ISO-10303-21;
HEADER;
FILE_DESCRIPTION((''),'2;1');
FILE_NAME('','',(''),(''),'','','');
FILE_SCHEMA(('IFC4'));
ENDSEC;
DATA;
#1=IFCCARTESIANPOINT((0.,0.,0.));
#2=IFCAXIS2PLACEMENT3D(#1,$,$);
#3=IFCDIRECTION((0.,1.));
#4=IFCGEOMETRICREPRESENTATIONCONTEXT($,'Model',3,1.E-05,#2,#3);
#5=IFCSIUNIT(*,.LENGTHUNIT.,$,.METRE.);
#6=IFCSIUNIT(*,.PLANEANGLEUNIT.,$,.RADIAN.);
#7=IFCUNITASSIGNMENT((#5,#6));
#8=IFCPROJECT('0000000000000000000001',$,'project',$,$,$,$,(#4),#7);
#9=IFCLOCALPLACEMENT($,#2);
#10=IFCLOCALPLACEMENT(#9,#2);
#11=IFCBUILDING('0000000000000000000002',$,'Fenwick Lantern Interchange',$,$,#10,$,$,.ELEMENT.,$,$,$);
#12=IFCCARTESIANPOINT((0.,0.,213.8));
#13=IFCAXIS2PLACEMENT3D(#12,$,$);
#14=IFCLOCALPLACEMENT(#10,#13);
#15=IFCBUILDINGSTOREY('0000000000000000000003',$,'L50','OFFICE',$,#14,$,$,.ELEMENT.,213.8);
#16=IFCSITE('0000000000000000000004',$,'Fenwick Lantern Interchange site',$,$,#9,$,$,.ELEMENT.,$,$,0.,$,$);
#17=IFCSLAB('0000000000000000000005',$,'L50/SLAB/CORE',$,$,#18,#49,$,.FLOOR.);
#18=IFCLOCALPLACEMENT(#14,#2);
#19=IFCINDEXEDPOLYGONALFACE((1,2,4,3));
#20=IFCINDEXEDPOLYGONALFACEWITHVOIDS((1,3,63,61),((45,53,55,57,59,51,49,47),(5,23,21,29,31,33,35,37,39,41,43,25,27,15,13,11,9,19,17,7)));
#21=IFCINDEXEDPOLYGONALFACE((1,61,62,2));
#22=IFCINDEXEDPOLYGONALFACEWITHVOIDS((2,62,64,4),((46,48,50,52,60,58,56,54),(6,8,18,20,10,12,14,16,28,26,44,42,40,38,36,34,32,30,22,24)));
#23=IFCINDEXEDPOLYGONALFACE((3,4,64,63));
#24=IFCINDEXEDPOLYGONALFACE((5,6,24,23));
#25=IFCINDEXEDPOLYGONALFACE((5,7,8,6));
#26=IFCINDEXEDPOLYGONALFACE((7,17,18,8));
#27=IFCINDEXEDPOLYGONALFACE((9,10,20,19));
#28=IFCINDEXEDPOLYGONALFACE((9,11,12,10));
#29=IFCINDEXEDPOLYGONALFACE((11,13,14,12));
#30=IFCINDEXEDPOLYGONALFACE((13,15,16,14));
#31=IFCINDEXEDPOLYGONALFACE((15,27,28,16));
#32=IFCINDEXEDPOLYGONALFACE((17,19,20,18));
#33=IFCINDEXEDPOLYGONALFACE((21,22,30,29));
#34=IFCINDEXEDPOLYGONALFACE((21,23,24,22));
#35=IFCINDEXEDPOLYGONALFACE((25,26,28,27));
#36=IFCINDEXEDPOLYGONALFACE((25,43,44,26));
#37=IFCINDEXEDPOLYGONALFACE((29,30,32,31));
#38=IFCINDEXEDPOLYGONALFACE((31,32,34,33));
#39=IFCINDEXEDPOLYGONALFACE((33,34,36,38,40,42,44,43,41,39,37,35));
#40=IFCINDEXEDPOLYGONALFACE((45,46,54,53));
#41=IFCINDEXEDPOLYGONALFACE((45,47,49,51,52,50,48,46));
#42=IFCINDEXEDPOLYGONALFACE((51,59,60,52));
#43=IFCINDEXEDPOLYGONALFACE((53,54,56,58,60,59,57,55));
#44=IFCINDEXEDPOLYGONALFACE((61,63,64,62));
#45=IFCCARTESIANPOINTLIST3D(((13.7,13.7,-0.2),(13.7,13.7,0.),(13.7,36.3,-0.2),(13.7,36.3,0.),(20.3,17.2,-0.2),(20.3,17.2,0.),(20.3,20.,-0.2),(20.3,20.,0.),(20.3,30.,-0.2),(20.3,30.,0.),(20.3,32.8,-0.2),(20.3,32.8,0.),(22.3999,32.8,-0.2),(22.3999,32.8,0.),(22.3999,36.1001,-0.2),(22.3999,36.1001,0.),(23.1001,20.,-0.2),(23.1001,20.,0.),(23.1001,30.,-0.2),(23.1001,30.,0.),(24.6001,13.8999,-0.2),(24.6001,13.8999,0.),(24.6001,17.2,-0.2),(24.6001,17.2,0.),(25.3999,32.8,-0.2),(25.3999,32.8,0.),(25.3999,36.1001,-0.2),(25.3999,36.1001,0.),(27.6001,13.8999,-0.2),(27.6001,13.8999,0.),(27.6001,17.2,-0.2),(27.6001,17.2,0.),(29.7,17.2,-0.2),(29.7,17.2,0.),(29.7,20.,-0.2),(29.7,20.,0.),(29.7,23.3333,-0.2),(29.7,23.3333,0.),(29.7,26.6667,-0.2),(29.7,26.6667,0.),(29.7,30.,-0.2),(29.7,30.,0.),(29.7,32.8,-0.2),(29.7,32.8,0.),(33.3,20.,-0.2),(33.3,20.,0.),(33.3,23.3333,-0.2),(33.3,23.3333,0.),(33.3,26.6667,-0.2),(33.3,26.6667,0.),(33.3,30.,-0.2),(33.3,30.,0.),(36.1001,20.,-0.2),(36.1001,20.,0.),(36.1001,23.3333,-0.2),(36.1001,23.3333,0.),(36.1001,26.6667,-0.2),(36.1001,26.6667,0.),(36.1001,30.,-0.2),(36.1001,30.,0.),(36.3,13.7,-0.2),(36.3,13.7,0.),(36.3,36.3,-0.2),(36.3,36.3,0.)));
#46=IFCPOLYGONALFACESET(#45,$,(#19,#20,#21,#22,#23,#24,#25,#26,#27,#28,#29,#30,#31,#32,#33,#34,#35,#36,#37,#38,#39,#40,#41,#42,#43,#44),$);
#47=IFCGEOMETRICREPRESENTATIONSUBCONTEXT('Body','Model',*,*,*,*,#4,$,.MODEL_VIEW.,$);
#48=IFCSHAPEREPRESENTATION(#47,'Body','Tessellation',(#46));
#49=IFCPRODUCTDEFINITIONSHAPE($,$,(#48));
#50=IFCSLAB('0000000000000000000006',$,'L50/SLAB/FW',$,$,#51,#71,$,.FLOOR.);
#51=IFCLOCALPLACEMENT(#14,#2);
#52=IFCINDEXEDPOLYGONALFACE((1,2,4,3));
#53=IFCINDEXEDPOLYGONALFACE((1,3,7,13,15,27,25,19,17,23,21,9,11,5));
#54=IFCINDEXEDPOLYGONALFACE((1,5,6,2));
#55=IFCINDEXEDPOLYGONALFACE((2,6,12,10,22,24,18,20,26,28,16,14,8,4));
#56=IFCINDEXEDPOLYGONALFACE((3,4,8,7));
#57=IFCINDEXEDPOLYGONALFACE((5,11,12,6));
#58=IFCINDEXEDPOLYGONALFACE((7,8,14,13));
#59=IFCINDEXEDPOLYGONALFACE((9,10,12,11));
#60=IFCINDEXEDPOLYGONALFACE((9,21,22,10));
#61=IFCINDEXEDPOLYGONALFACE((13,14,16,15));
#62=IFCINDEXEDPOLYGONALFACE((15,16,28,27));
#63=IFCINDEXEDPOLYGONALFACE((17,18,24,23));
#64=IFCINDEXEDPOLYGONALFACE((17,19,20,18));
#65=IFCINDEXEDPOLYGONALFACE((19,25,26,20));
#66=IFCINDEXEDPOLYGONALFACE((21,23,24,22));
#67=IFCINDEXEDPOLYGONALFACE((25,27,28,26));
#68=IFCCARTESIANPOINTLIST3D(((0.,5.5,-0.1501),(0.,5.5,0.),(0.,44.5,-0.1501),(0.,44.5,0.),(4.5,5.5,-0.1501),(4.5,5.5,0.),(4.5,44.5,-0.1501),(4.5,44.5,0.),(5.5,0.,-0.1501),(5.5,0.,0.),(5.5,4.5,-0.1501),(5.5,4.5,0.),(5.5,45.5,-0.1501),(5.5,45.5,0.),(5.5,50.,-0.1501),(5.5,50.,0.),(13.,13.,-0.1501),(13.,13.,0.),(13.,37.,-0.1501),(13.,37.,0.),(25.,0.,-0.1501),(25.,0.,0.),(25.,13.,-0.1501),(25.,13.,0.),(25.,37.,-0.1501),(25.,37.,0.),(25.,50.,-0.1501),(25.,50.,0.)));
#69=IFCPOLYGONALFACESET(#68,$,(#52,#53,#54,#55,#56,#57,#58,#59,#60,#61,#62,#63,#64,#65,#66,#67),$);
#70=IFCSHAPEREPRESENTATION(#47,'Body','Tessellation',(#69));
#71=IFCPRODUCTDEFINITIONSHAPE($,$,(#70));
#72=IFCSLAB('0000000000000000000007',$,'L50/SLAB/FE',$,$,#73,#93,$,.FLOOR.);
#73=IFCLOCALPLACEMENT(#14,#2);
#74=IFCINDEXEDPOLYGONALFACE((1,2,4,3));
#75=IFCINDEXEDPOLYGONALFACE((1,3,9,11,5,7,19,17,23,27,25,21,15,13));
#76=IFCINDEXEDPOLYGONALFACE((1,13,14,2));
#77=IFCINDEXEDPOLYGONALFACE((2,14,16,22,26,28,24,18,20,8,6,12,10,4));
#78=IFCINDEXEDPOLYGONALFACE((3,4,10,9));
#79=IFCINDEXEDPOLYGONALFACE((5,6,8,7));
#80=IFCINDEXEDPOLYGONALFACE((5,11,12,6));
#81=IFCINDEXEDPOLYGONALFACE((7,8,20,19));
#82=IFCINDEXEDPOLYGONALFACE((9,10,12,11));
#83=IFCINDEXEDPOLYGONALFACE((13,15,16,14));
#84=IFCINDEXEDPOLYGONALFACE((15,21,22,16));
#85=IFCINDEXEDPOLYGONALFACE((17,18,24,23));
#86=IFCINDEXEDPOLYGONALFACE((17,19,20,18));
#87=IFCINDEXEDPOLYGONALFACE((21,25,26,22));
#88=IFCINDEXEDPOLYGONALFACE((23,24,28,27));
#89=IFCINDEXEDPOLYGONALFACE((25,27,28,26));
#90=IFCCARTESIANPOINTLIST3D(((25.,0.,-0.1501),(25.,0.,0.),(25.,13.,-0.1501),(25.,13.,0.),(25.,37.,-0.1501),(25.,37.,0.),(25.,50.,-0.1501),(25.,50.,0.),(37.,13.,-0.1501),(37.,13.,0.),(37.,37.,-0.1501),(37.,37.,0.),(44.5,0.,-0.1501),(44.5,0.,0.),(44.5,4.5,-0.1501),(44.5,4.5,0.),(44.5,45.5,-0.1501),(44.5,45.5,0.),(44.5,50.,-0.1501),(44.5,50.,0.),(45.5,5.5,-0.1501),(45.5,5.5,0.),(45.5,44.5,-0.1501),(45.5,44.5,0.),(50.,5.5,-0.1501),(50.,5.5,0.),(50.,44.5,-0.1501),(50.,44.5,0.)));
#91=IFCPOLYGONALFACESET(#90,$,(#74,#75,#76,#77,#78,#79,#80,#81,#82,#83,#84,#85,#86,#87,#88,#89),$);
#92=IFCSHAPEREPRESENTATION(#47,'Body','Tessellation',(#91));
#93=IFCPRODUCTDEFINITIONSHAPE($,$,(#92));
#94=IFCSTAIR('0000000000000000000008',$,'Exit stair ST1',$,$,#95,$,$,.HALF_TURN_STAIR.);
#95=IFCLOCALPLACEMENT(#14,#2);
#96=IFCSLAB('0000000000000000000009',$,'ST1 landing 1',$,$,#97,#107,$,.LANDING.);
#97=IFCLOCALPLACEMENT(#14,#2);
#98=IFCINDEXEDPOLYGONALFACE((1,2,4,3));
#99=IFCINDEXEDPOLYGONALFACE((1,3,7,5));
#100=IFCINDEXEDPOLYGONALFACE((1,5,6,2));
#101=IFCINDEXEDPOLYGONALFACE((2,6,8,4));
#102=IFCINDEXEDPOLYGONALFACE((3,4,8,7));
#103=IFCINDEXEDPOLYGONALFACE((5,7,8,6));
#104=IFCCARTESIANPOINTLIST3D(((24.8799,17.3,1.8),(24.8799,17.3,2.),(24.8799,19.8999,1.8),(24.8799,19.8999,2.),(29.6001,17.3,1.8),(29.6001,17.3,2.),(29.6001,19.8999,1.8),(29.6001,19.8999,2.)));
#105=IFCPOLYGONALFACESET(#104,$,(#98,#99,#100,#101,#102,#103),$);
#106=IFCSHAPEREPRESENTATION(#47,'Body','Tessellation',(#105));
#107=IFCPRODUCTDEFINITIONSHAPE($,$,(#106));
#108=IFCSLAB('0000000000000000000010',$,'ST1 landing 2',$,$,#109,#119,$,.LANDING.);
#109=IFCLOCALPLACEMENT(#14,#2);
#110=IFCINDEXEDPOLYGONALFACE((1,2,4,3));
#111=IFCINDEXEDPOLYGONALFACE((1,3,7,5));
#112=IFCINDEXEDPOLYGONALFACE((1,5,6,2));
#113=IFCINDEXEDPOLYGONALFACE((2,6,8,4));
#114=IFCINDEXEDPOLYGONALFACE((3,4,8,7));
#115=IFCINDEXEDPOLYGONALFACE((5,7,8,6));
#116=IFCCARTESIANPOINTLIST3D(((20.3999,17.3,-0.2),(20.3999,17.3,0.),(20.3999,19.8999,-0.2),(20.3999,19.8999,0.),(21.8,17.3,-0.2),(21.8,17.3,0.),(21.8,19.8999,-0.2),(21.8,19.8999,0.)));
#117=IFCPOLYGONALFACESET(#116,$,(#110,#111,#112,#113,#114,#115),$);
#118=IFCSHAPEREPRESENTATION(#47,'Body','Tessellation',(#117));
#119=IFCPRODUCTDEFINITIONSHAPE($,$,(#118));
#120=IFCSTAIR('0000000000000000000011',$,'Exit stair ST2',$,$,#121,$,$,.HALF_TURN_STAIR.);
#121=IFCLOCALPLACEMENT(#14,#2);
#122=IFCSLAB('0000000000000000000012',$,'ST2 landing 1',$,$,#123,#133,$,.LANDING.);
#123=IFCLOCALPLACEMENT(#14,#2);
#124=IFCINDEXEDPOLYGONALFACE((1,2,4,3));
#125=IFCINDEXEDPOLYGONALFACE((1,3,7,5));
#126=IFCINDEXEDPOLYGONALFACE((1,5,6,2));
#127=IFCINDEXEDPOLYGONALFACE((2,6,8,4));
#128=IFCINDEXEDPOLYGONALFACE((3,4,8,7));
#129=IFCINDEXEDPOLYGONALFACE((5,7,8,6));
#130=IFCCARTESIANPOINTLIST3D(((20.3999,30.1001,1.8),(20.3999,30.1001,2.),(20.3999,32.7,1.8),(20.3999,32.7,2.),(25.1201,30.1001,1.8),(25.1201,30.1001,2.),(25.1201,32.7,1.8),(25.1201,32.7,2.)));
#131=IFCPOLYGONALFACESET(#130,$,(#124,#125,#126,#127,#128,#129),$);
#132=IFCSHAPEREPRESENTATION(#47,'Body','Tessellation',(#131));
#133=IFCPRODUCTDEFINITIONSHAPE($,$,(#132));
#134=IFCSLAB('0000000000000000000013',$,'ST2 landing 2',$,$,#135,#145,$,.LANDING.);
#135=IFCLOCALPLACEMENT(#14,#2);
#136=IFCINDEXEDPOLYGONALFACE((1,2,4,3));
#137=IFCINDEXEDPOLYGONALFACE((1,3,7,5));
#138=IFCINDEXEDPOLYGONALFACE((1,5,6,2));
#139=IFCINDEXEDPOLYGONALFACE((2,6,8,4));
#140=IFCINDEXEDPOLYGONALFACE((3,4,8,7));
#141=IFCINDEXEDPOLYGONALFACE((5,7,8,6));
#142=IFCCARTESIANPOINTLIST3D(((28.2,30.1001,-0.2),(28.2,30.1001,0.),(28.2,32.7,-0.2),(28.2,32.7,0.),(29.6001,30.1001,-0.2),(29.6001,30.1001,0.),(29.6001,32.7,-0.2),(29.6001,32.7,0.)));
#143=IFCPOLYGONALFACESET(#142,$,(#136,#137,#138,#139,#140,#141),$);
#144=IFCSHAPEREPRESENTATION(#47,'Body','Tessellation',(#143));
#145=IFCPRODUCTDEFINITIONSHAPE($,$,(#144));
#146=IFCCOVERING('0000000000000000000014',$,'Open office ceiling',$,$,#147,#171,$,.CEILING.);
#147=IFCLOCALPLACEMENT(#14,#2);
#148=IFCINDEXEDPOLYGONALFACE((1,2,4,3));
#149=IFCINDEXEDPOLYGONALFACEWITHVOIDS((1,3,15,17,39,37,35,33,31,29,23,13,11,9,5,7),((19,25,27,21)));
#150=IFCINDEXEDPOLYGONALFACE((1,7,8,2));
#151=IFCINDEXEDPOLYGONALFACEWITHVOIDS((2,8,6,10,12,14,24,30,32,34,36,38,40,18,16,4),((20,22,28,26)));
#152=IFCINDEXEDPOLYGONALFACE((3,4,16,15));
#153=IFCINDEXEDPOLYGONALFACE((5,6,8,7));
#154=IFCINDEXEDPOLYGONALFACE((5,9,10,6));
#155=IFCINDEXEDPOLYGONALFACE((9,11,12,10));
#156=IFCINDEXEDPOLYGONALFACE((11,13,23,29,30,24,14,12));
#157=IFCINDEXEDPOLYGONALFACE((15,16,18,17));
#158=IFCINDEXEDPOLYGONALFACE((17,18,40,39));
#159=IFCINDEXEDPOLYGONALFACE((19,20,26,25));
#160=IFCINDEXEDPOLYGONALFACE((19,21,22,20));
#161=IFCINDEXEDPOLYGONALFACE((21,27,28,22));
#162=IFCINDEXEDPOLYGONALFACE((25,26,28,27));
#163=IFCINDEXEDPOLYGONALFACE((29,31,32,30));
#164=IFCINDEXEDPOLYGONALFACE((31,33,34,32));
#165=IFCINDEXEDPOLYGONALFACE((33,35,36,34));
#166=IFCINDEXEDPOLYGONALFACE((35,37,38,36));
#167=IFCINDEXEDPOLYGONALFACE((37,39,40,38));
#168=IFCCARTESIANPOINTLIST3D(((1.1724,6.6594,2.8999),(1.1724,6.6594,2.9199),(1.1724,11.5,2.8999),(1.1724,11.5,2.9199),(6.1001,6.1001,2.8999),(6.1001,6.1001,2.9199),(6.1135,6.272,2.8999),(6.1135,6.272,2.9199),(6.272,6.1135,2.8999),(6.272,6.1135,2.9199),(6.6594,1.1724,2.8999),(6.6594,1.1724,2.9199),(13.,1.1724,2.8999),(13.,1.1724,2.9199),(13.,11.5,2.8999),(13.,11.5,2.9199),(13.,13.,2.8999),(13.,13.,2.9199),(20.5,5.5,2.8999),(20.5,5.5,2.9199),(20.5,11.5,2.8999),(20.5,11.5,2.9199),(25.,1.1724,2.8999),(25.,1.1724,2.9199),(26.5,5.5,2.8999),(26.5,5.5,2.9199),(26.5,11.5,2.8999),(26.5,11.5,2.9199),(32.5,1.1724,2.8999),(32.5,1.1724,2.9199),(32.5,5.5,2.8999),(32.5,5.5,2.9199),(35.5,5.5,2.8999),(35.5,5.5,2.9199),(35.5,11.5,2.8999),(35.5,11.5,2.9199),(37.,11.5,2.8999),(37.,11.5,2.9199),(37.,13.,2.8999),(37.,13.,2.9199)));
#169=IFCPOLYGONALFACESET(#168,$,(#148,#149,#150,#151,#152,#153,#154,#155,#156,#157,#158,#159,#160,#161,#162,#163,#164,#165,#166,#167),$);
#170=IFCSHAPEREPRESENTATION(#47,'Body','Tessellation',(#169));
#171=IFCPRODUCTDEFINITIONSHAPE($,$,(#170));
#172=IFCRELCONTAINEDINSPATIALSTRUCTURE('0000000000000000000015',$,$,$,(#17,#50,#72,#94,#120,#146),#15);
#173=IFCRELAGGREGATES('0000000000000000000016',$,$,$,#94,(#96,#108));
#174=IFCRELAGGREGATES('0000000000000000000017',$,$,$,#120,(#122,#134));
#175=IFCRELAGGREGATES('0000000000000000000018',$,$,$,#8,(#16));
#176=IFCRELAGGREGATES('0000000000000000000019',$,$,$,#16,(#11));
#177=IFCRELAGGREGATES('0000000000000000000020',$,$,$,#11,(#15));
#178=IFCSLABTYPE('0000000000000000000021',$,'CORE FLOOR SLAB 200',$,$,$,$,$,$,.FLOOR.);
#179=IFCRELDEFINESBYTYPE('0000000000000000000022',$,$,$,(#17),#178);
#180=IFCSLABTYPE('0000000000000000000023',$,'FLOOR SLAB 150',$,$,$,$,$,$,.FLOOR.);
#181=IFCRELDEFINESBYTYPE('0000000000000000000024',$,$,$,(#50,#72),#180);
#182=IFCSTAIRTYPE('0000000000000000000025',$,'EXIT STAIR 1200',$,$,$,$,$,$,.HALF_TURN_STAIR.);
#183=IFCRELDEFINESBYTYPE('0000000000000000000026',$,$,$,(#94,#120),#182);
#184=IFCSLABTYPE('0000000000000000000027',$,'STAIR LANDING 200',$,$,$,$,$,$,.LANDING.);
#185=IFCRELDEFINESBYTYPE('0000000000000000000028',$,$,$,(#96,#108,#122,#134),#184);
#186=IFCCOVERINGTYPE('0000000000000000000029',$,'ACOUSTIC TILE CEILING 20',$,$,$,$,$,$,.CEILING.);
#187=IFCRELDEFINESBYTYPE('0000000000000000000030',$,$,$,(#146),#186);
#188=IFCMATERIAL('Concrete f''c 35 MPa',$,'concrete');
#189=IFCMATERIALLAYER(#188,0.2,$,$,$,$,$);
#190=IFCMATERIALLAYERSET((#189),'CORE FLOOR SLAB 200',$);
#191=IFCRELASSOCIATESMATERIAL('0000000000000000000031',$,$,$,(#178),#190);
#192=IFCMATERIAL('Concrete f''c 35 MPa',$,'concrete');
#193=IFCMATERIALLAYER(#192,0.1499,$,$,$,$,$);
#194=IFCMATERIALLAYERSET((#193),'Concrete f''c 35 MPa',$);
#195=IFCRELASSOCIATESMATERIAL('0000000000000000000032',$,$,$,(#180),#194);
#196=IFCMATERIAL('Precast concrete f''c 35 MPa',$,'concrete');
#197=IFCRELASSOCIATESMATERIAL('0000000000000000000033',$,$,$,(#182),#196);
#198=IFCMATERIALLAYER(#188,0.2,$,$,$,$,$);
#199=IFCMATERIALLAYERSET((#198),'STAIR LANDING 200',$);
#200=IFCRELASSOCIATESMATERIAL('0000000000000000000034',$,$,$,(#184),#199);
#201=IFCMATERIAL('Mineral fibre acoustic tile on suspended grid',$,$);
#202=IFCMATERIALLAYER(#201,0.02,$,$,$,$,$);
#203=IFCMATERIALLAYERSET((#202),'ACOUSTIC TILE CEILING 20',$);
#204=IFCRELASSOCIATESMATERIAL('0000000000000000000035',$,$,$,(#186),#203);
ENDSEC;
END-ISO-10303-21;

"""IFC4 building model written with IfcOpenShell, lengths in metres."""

from ifc_helpers import new_model, si_unit, direction, frame, origin, place, context, subcontext, project, spatial, polyline, outline, extrude, material, layer, layer_set, type_object, element, aggregate, save


model = new_model("IFC4")

# Units and contexts
model_context = context("Model", 3, precision=1e-05, world=origin(), true_north=direction((0.0, 1.0)))
body_context = subcontext(model_context, "Body", "Model", "MODEL_VIEW")
ifc_project = project(units=[si_unit("LENGTHUNIT", "METRE"), si_unit("PLANEANGLEUNIT", "RADIAN")], contexts=[model_context])

# Site, building, storey
site_placement = place(None, origin())
site = spatial("IfcSite", under=ifc_project, at=site_placement, Name="Fenwick Lantern Interchange site", CompositionType="ELEMENT", RefElevation=0.0)
building_placement = place(site_placement, origin())
building = spatial("IfcBuilding", under=site, at=building_placement, Name="Fenwick Lantern Interchange", CompositionType="ELEMENT")
storey_placement = place(building_placement, frame((0.0, 0.0, 213.8)))
storey = spatial("IfcBuildingStorey", under=building, at=storey_placement, Name="L50", Description="OFFICE", CompositionType="ELEMENT", Elevation=213.8)

# Slabs
ifc_material_1 = material(Name="Concrete f'c 35 MPa", Category="concrete")
ifc_layer_1 = layer(ifc_material_1, 0.2)
ifc_layer_set_1 = layer_set([ifc_layer_1], Name="CORE FLOOR SLAB 200")
slab_type_1 = type_object("IfcSlabType", Name="CORE FLOOR SLAB 200", PredefinedType="FLOOR", material=ifc_layer_set_1)
slab_1_placement = place(storey_placement, frame((0.0, 0.0, -0.2)))
element("IfcSlab", 1, at=slab_1_placement, inside=storey, type_object=slab_type_1, Name="L50/SLAB/CORE", PredefinedType="FLOOR", context=body_context, shape_type="SweptSolid", body=[
    extrude(outline(polyline([(13.7, 36.3), (36.3, 36.3), (36.3, 13.7), (13.7, 13.7), (13.7, 36.3)]), holes=[polyline([(24.6001, 13.8999), (27.6001, 13.8999), (27.6001, 17.2), (29.7, 17.2), (29.7, 20.0), (29.7, 23.3333), (29.7, 26.6667), (29.7, 30.0), (29.7, 32.8), (25.3999, 32.8), (25.3999, 36.1001), (22.3999, 36.1001), (22.3999, 32.8), (20.3, 32.8), (20.3, 30.0), (23.1001, 30.0), (23.1001, 20.0), (20.3, 20.0), (20.3, 17.2), (24.6001, 17.2), (24.6001, 13.8999)]), polyline([(33.3, 23.3333), (33.3, 20.0), (36.1001, 20.0), (36.1001, 23.3333), (36.1001, 26.6667), (36.1001, 30.0), (33.3, 30.0), (33.3, 26.6667), (33.3, 23.3333)])]), origin(), (0.0, 0.0, 1.0), 0.2),
])
ifc_material_2 = material(Name="Concrete f'c 35 MPa", Category="concrete")
ifc_layer_2 = layer(ifc_material_2, 0.1499)
ifc_layer_set_2 = layer_set([ifc_layer_2], Name="Concrete f'c 35 MPa")
slab_type_2 = type_object("IfcSlabType", Name="FLOOR SLAB 150", PredefinedType="FLOOR", material=ifc_layer_set_2)
slab_2_placement = place(storey_placement, frame((0.0, 0.0, -0.1501)))
element("IfcSlab", 2, at=slab_2_placement, inside=storey, type_object=slab_type_2, Name="L50/SLAB/FW", PredefinedType="FLOOR", context=body_context, shape_type="SweptSolid", body=[
    extrude(outline(polyline([(5.5, 0.0), (5.5, 4.5), (4.5, 5.5), (0.0, 5.5), (0.0, 44.5), (4.5, 44.5), (5.5, 45.5), (5.5, 50.0), (25.0, 50.0), (25.0, 37.0), (13.0, 37.0), (13.0, 13.0), (25.0, 13.0), (25.0, 0.0), (5.5, 0.0)])), origin(), (0.0, 0.0, 1.0), 0.1501),
])
slab_3_placement = place(storey_placement, frame((0.0, 0.0, -0.1501)))
element("IfcSlab", 3, at=slab_3_placement, inside=storey, type_object=slab_type_2, Name="L50/SLAB/FE", PredefinedType="FLOOR", context=body_context, shape_type="SweptSolid", body=[
    extrude(outline(polyline([(44.5, 50.0), (44.5, 45.5), (45.5, 44.5), (50.0, 44.5), (50.0, 5.5), (45.5, 5.5), (44.5, 4.5), (44.5, 0.0), (25.0, 0.0), (25.0, 13.0), (37.0, 13.0), (37.0, 37.0), (25.0, 37.0), (25.0, 50.0), (44.5, 50.0)])), origin(), (0.0, 0.0, 1.0), 0.1501),
])

# Stairs, slabs
ifc_material_3 = material(Name="Precast concrete f'c 35 MPa", Category="concrete")
stair_type = type_object("IfcStairType", Name="EXIT STAIR 1200", PredefinedType="HALF_TURN_STAIR", material=ifc_material_3)
stair_1_placement = place(storey_placement, origin())
stair_1 = element("IfcStair", 4, at=stair_1_placement, inside=storey, type_object=stair_type, Name="Exit stair ST1", PredefinedType="HALF_TURN_STAIR")
ifc_layer_3 = layer(ifc_material_1, 0.2)
ifc_layer_set_3 = layer_set([ifc_layer_3], Name="STAIR LANDING 200")
slab_type_3 = type_object("IfcSlabType", Name="STAIR LANDING 200", PredefinedType="LANDING", material=ifc_layer_set_3)
slab_4_placement = place(storey_placement, frame((0.0, 0.0, 1.8)))
slab_4 = element("IfcSlab", 5, at=slab_4_placement, type_object=slab_type_3, Name="ST1 landing 1", PredefinedType="LANDING", context=body_context, shape_type="SweptSolid", body=[
    extrude(outline(polyline([(24.8799, 17.3), (29.6001, 17.3), (29.6001, 19.8999), (24.8799, 19.8999), (24.8799, 17.3)])), origin(), (0.0, 0.0, 1.0), 0.2),
])
slab_5_placement = place(storey_placement, frame((0.0, 0.0, -0.2)))
slab_5 = element("IfcSlab", 6, at=slab_5_placement, type_object=slab_type_3, Name="ST1 landing 2", PredefinedType="LANDING", context=body_context, shape_type="SweptSolid", body=[
    extrude(outline(polyline([(20.3999, 17.3), (21.8, 17.3), (21.8, 19.8999), (20.3999, 19.8999), (20.3999, 17.3)])), origin(), (0.0, 0.0, 1.0), 0.2),
])
aggregate(stair_1, [slab_4, slab_5])
stair_2_placement = place(storey_placement, origin())
stair_2 = element("IfcStair", 7, at=stair_2_placement, inside=storey, type_object=stair_type, Name="Exit stair ST2", PredefinedType="HALF_TURN_STAIR")
slab_6_placement = place(storey_placement, frame((0.0, 0.0, 1.8)))
slab_6 = element("IfcSlab", 8, at=slab_6_placement, type_object=slab_type_3, Name="ST2 landing 1", PredefinedType="LANDING", context=body_context, shape_type="SweptSolid", body=[
    extrude(outline(polyline([(25.1201, 32.7), (20.3999, 32.7), (20.3999, 30.1001), (25.1201, 30.1001), (25.1201, 32.7)])), origin(), (0.0, 0.0, 1.0), 0.2),
])
slab_7_placement = place(storey_placement, frame((0.0, 0.0, -0.2)))
slab_7 = element("IfcSlab", 9, at=slab_7_placement, type_object=slab_type_3, Name="ST2 landing 2", PredefinedType="LANDING", context=body_context, shape_type="SweptSolid", body=[
    extrude(outline(polyline([(29.6001, 32.7), (28.2, 32.7), (28.2, 30.1001), (29.6001, 30.1001), (29.6001, 32.7)])), origin(), (0.0, 0.0, 1.0), 0.2),
])
aggregate(stair_2, [slab_6, slab_7])

# Covering
ifc_material_4 = material(Name="Mineral fibre acoustic tile on suspended grid")
ifc_layer_4 = layer(ifc_material_4, 0.02)
ifc_layer_set_4 = layer_set([ifc_layer_4], Name="ACOUSTIC TILE CEILING 20")
covering_type_1 = type_object("IfcCoveringType", Name="ACOUSTIC TILE CEILING 20", PredefinedType="CEILING", material=ifc_layer_set_4)
covering_1_placement = place(storey_placement, frame((0.0, 0.0, 2.8999)))
element("IfcCovering", 10, at=covering_1_placement, inside=storey, type_object=covering_type_1, Name="Open office ceiling", PredefinedType="CEILING", context=body_context, shape_type="SweptSolid", body=[
    extrude(outline(polyline([(32.5, 5.5), (35.5, 5.5), (35.5, 11.5), (37.0, 11.5), (37.0, 13.0), (13.0, 13.0), (13.0, 11.5), (1.1724, 11.5), (1.1724, 6.6594), (6.1135, 6.272), (6.1001, 6.1001), (6.272, 6.1135), (6.6594, 1.1724), (13.0, 1.1724), (25.0, 1.1724), (32.5, 1.1724), (32.5, 5.5)]), holes=[polyline([(20.5, 11.5), (26.5, 11.5), (26.5, 5.5), (20.5, 5.5), (20.5, 11.5)])]), origin(), (0.0, 0.0, 1.0), 0.02),
])

save(model, "model.ifc")
